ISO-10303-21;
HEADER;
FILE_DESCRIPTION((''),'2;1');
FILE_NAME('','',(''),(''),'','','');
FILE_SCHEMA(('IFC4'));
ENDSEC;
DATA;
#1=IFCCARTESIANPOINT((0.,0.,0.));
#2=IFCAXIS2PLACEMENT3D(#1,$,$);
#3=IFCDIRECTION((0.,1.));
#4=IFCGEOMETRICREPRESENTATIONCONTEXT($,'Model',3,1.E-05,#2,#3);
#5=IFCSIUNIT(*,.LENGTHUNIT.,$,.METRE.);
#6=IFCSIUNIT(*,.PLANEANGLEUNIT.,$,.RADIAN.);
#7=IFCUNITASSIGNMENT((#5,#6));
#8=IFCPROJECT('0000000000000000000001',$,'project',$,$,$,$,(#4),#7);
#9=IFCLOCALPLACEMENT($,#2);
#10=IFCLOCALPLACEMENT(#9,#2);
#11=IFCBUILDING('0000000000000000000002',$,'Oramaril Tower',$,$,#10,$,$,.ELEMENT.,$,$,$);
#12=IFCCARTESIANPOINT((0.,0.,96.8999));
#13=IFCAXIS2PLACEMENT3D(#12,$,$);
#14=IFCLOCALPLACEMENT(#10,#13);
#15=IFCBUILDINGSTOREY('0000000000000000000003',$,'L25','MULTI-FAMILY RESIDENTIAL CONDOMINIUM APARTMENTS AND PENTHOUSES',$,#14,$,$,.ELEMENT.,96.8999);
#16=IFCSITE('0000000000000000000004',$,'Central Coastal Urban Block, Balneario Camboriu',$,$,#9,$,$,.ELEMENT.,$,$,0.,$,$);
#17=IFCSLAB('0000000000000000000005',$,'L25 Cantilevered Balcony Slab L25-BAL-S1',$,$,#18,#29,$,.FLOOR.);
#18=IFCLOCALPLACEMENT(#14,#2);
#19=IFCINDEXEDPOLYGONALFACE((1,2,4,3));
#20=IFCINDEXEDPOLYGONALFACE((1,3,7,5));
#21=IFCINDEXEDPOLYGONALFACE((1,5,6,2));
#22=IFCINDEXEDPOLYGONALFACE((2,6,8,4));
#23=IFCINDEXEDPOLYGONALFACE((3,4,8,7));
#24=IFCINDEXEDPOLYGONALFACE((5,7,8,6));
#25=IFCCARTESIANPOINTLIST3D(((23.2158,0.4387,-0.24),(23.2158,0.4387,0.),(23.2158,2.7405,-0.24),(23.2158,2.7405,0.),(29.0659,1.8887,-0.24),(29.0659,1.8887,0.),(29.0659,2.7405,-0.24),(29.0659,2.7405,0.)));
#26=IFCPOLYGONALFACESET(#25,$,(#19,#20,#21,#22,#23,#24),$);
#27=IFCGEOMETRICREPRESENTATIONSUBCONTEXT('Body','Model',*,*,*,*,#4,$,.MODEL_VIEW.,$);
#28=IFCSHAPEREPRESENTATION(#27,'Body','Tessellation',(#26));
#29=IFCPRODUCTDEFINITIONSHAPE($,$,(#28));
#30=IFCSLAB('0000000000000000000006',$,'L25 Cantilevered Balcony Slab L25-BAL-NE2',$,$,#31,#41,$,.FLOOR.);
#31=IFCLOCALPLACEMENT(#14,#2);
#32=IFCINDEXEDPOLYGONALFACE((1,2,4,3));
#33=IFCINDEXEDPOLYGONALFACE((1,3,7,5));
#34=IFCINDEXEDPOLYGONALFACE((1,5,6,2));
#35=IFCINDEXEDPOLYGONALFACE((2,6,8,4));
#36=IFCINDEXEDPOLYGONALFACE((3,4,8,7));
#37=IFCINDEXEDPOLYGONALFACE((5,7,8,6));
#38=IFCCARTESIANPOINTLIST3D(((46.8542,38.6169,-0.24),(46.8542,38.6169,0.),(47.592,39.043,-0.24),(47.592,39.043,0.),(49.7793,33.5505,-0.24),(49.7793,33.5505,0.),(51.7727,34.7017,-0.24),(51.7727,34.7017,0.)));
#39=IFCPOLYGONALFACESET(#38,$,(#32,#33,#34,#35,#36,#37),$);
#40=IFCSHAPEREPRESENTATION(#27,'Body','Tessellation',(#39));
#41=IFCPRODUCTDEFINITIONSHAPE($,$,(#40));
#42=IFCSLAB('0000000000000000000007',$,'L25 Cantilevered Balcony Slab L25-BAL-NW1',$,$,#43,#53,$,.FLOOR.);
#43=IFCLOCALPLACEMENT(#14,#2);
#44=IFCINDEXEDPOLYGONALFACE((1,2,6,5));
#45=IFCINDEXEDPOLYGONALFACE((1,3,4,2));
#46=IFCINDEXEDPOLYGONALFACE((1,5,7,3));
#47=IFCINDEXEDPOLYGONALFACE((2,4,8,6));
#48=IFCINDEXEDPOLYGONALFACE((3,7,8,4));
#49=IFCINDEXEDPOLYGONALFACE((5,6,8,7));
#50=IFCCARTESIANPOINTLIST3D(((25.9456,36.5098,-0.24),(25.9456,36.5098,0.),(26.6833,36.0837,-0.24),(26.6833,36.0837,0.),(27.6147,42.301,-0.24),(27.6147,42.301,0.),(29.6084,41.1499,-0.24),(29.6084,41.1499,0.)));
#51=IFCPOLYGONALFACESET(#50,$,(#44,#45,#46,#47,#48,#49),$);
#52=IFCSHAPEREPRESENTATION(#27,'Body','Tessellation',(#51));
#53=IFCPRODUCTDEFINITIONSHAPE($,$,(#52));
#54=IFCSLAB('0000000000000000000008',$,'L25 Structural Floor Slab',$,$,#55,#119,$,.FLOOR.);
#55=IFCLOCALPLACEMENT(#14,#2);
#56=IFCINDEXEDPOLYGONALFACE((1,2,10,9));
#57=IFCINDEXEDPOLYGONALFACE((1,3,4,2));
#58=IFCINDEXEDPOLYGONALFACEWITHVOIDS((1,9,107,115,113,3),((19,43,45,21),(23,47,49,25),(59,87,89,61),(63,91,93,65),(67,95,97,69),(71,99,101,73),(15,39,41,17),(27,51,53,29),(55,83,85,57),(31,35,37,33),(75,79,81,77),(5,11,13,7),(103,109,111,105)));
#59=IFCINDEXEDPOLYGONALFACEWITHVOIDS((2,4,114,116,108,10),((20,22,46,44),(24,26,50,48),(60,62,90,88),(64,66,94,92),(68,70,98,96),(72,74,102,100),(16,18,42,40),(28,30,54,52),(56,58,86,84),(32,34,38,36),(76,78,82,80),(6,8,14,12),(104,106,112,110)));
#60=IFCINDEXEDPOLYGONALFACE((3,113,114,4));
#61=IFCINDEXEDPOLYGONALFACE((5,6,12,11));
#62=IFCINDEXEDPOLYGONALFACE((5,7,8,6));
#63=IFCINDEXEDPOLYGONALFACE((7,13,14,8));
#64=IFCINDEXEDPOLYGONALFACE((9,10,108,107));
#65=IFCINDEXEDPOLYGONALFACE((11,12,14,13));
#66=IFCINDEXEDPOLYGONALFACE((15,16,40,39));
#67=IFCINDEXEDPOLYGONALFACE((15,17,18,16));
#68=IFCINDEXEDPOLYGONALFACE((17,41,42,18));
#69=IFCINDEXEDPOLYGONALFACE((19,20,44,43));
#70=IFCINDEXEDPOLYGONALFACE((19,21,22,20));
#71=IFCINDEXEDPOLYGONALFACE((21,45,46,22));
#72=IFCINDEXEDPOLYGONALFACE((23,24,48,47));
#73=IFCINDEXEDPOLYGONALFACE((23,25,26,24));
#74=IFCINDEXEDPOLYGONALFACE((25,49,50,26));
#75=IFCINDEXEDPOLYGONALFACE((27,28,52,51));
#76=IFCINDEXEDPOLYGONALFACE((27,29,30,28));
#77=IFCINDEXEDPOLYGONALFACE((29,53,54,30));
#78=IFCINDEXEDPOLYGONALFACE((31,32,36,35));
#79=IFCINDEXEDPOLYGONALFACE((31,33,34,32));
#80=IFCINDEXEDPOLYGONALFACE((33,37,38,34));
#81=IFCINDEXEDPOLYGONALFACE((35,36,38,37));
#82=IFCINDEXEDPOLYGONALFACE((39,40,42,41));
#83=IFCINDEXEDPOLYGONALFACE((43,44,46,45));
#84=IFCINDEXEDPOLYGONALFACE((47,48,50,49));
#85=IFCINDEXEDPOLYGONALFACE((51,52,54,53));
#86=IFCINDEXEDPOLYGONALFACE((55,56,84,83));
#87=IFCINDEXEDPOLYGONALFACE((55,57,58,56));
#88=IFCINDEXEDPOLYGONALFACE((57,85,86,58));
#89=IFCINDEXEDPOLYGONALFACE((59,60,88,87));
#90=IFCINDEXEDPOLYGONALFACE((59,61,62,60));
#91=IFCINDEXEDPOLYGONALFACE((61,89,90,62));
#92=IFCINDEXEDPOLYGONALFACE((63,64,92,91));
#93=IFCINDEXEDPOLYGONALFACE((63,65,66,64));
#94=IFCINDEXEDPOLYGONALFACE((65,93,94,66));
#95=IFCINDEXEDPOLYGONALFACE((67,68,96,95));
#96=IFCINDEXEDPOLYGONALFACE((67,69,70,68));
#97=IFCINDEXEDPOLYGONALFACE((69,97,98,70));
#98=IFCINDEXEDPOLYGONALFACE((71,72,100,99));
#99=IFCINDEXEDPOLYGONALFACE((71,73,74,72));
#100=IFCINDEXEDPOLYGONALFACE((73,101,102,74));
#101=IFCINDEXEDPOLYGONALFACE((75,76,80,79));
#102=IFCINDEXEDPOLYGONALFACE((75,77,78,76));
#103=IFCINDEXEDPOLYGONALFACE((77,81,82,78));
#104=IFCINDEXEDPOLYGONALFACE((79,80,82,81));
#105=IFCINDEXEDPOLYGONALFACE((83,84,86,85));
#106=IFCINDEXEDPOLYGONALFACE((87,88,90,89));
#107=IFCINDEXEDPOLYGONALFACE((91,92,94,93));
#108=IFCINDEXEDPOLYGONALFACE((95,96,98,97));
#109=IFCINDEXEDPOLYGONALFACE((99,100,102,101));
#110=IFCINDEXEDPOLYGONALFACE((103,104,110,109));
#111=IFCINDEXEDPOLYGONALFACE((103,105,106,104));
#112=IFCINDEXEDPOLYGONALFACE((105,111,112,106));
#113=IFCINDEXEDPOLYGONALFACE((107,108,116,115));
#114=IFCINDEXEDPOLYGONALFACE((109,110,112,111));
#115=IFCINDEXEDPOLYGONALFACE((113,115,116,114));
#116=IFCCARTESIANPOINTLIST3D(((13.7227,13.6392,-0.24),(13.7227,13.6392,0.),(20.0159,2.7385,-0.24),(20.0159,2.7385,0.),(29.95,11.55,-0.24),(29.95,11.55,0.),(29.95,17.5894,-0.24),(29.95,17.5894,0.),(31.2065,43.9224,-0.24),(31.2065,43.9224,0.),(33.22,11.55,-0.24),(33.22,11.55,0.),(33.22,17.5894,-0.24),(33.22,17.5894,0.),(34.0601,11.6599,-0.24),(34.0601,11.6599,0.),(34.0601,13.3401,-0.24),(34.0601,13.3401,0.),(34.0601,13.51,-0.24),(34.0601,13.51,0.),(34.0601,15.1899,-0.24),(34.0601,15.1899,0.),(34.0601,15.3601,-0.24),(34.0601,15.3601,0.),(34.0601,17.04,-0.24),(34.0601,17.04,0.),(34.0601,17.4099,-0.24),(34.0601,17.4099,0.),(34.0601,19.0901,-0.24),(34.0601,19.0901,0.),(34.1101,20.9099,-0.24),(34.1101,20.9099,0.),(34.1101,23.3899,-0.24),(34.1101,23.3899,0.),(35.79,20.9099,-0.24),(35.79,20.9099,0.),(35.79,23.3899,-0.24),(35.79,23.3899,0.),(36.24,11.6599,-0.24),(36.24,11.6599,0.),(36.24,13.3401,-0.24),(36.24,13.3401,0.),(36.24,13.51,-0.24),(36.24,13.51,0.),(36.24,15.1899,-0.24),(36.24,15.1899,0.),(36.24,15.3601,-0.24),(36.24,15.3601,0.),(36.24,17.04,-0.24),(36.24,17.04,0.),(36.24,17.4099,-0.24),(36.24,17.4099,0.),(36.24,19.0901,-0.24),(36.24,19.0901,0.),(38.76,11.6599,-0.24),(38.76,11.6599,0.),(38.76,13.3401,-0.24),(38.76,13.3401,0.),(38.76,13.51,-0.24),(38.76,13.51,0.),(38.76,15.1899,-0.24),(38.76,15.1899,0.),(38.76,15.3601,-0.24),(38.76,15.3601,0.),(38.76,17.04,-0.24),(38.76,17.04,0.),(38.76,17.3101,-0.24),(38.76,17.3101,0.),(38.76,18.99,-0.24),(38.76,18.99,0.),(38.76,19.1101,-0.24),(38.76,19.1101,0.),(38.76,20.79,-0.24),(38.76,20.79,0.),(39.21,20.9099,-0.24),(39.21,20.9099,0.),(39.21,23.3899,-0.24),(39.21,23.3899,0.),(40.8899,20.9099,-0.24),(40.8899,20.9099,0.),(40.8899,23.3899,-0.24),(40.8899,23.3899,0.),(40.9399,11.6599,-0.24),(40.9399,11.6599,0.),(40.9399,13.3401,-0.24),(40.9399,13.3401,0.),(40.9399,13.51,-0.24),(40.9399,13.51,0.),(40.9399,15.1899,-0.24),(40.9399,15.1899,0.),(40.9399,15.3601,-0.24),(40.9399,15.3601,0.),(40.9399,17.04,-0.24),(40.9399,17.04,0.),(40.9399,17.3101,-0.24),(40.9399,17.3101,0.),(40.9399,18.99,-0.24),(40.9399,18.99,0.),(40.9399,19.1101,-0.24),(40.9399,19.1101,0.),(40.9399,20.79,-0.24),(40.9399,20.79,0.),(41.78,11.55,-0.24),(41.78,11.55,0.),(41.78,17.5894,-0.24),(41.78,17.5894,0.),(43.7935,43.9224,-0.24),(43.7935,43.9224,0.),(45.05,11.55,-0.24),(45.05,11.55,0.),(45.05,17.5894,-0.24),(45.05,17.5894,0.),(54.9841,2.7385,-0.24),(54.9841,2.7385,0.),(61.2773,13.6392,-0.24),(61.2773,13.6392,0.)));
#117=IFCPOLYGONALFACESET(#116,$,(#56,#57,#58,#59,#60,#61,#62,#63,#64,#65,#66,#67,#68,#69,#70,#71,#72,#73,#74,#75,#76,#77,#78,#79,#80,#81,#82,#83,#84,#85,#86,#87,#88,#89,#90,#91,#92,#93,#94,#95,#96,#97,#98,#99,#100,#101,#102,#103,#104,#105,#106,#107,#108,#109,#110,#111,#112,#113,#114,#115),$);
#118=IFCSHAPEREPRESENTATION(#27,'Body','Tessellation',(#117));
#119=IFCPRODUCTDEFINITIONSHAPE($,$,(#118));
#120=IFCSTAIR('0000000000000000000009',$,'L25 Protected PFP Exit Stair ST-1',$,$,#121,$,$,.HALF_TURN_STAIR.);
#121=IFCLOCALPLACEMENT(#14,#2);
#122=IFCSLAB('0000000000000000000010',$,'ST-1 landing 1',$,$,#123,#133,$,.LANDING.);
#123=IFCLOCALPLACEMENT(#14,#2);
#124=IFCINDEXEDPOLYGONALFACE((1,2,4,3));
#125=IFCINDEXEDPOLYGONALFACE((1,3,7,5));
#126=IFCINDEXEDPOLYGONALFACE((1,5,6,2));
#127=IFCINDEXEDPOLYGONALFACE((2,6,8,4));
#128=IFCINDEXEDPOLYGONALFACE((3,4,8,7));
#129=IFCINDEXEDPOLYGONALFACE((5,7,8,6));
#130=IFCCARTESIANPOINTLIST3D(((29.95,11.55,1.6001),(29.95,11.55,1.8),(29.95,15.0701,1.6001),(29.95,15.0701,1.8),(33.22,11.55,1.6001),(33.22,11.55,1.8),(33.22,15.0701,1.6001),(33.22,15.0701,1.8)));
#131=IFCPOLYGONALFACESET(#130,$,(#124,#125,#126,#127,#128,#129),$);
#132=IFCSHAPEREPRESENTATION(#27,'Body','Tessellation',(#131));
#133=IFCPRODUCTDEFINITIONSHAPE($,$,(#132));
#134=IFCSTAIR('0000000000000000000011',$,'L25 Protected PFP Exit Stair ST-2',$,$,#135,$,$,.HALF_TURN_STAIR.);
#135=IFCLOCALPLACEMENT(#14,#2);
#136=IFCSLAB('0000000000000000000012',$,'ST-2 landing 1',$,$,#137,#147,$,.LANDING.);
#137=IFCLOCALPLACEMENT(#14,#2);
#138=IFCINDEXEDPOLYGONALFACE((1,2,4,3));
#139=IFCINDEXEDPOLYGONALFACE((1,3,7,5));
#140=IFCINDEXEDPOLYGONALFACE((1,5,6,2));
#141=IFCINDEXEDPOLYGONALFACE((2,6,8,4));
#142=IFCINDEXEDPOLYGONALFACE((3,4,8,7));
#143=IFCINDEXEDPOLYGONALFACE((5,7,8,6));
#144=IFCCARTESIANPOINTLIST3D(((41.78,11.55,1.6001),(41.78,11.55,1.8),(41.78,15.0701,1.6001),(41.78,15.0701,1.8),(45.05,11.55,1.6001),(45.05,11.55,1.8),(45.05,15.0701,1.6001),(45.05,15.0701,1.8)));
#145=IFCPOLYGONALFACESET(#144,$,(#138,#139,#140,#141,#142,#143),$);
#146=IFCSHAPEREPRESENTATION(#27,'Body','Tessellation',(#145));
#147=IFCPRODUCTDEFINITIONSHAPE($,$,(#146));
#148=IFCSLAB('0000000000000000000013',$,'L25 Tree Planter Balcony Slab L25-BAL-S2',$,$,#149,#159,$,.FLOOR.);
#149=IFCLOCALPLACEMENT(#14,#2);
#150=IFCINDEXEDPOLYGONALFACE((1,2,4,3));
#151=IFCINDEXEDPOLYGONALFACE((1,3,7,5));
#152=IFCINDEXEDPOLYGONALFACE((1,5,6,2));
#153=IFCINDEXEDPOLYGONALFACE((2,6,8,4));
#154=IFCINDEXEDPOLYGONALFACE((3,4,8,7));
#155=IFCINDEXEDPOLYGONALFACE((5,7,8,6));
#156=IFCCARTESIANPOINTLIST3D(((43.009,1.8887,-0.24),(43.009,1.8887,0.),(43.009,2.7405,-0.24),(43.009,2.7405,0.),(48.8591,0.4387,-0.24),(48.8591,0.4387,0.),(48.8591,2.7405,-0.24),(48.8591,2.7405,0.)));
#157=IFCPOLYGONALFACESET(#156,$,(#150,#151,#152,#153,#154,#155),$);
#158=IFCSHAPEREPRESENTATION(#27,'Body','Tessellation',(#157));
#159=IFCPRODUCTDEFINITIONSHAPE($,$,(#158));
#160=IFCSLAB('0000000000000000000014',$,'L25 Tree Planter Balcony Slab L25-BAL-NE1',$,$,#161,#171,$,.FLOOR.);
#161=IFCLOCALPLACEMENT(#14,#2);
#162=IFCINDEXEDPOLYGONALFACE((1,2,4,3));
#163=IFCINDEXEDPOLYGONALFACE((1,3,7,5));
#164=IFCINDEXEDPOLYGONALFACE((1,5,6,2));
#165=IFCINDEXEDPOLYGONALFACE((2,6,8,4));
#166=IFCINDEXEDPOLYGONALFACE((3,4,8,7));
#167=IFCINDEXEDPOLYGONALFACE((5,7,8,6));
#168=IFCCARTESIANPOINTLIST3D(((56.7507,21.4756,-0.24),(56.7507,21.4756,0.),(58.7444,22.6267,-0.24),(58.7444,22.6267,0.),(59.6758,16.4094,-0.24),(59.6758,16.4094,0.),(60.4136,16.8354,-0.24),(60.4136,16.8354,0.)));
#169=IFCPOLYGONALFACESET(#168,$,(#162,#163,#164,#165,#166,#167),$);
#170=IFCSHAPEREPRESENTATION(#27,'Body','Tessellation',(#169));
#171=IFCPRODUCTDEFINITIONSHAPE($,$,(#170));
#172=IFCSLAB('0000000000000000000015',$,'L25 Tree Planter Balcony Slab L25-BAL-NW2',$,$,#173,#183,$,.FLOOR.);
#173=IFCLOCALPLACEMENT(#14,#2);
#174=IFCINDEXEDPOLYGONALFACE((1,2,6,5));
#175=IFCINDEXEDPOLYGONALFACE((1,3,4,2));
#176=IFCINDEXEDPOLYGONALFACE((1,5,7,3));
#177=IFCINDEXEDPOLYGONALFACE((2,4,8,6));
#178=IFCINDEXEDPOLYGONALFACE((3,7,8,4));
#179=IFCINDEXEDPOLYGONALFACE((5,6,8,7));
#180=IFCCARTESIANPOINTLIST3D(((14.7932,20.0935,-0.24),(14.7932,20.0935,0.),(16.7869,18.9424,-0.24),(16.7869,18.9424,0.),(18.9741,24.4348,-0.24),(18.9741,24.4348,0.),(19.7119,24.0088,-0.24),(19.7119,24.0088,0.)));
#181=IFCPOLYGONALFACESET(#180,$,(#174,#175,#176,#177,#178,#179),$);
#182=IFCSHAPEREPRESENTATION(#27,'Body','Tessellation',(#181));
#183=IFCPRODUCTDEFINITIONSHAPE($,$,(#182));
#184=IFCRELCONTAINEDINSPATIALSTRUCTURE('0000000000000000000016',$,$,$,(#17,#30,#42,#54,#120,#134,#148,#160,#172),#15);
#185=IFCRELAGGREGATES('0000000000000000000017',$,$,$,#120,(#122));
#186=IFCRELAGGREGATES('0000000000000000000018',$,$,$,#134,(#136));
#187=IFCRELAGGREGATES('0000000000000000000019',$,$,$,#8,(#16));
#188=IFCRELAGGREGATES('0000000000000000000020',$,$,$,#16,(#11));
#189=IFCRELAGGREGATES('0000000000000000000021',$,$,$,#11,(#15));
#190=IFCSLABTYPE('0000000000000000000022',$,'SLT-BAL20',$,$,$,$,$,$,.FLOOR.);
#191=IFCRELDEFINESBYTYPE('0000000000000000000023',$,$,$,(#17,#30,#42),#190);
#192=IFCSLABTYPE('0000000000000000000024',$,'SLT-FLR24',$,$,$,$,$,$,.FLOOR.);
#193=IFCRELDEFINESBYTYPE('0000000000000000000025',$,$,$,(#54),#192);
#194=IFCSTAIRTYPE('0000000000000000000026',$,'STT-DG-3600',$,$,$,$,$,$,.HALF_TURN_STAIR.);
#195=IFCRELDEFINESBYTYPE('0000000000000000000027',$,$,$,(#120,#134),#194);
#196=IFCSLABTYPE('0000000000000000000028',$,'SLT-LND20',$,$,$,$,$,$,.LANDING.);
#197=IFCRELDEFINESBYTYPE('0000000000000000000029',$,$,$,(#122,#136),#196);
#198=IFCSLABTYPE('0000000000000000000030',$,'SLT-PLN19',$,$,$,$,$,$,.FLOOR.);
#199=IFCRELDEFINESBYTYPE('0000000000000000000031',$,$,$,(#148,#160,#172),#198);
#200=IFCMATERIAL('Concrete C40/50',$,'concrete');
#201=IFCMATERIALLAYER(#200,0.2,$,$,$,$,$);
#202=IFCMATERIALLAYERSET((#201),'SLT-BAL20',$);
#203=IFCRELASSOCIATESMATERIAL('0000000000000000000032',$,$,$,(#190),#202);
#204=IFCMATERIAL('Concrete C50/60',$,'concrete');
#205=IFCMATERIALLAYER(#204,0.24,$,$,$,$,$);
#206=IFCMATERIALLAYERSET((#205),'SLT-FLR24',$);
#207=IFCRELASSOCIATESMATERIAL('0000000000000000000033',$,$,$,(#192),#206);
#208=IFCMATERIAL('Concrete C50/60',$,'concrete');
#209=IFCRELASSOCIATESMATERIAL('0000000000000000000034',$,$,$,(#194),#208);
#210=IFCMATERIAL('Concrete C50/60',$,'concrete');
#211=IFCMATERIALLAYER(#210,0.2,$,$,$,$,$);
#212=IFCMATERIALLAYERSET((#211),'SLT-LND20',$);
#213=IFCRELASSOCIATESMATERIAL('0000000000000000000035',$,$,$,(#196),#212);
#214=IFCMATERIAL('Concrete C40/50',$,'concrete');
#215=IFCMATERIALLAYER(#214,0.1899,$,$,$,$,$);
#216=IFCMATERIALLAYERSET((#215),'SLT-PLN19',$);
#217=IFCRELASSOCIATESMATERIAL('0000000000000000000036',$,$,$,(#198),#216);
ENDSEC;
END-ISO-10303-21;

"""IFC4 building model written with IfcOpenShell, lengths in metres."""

from ifc_helpers import new_model, si_unit, direction, frame, origin, place, context, subcontext, project, spatial, polyline, outline, extrude, material, layer, layer_set, type_object, element, aggregate, save


model = new_model("IFC4")

# Units and contexts
model_context = context("Model", 3, precision=1e-05, world=origin(), true_north=direction((0.0, 1.0)))
body_context = subcontext(model_context, "Body", "Model", "MODEL_VIEW")
ifc_project = project(units=[si_unit("LENGTHUNIT", "METRE"), si_unit("PLANEANGLEUNIT", "RADIAN")], contexts=[model_context])

# Site, building, storey
site_placement = place(None, origin())
site = spatial("IfcSite", under=ifc_project, at=site_placement, Name="Central Coastal Urban Block, Balneario Camboriu", CompositionType="ELEMENT", RefElevation=0.0)
building_placement = place(site_placement, origin())
building = spatial("IfcBuilding", under=site, at=building_placement, Name="Oramaril Tower", CompositionType="ELEMENT")
storey_placement = place(building_placement, frame((0.0, 0.0, 96.8999)))
storey = spatial("IfcBuildingStorey", under=building, at=storey_placement, Name="L25", Description="MULTI-FAMILY RESIDENTIAL CONDOMINIUM APARTMENTS AND PENTHOUSES", CompositionType="ELEMENT", Elevation=96.8999)

# Slabs
ifc_material_1 = material(Name="Concrete C40/50", Category="concrete")
ifc_layer_1 = layer(ifc_material_1, 0.2)
ifc_layer_set_1 = layer_set([ifc_layer_1], Name="SLT-BAL20")
slab_type_1 = type_object("IfcSlabType", Name="SLT-BAL20", PredefinedType="FLOOR", material=ifc_layer_set_1)
slab_1_placement = place(storey_placement, frame((0.0, 0.0, -0.24)))
element("IfcSlab", 1, at=slab_1_placement, inside=storey, type_object=slab_type_1, Name="L25 Cantilevered Balcony Slab L25-BAL-S1", PredefinedType="FLOOR", context=body_context, shape_type="SweptSolid", body=[
    extrude(outline(polyline([(23.2158, 2.7405), (29.0659, 2.7405), (29.0659, 1.8887), (23.2158, 0.4387), (23.2158, 2.7405)])), origin(), (0.0, 0.0, 1.0), 0.24),
])
slab_2_placement = place(storey_placement, frame((0.0, 0.0, -0.24)))
element("IfcSlab", 2, at=slab_2_placement, inside=storey, type_object=slab_type_1, Name="L25 Cantilevered Balcony Slab L25-BAL-NE2", PredefinedType="FLOOR", context=body_context, shape_type="SweptSolid", body=[
    extrude(outline(polyline([(49.7793, 33.5505), (46.8542, 38.6169), (47.592, 39.043), (51.7727, 34.7017), (49.7793, 33.5505)])), origin(), (0.0, 0.0, 1.0), 0.24),
])
slab_3_placement = place(storey_placement, frame((0.0, 0.0, -0.24)))
element("IfcSlab", 3, at=slab_3_placement, inside=storey, type_object=slab_type_1, Name="L25 Cantilevered Balcony Slab L25-BAL-NW1", PredefinedType="FLOOR", context=body_context, shape_type="SweptSolid", body=[
    extrude(outline(polyline([(29.6084, 41.1499), (26.6833, 36.0837), (25.9456, 36.5098), (27.6147, 42.301), (29.6084, 41.1499)])), origin(), (0.0, 0.0, 1.0), 0.24),
])
ifc_material_2 = material(Name="Concrete C50/60", Category="concrete")
ifc_layer_2 = layer(ifc_material_2, 0.24)
ifc_layer_set_2 = layer_set([ifc_layer_2], Name="SLT-FLR24")
slab_type_2 = type_object("IfcSlabType", Name="SLT-FLR24", PredefinedType="FLOOR", material=ifc_layer_set_2)
slab_4_placement = place(storey_placement, frame((0.0, 0.0, -0.24)))
element("IfcSlab", 4, at=slab_4_placement, inside=storey, type_object=slab_type_2, Name="L25 Structural Floor Slab", PredefinedType="FLOOR", context=body_context, shape_type="SweptSolid", body=[
    extrude(outline(polyline([(13.7227, 13.6392), (20.0159, 2.7385), (54.9841, 2.7385), (61.2773, 13.6392), (43.7935, 43.9224), (31.2065, 43.9224), (13.7227, 13.6392)]), holes=[polyline([(29.95, 17.5894), (29.95, 11.55), (33.22, 11.55), (33.22, 17.5894), (29.95, 17.5894)]), polyline([(41.78, 17.5894), (41.78, 11.55), (45.05, 11.55), (45.05, 17.5894), (41.78, 17.5894)]), polyline([(34.1101, 20.9099), (35.79, 20.9099), (35.79, 23.3899), (34.1101, 23.3899), (34.1101, 20.9099)]), polyline([(39.21, 20.9099), (40.8899, 20.9099), (40.8899, 23.3899), (39.21, 23.3899), (39.21, 20.9099)]), polyline([(34.0601, 11.6599), (36.24, 11.6599), (36.24, 13.3401), (34.0601, 13.3401), (34.0601, 11.6599)]), polyline([(34.0601, 13.51), (36.24, 13.51), (36.24, 15.1899), (34.0601, 15.1899), (34.0601, 13.51)]), polyline([(34.0601, 15.3601), (36.24, 15.3601), (36.24, 17.04), (34.0601, 17.04), (34.0601, 15.3601)]), polyline([(38.76, 11.6599), (40.9399, 11.6599), (40.9399, 13.3401), (38.76, 13.3401), (38.76, 11.6599)]), polyline([(38.76, 13.51), (40.9399, 13.51), (40.9399, 15.1899), (38.76, 15.1899), (38.76, 13.51)]), polyline([(38.76, 15.3601), (40.9399, 15.3601), (40.9399, 17.04), (38.76, 17.04), (38.76, 15.3601)]), polyline([(34.0601, 17.4099), (36.24, 17.4099), (36.24, 19.0901), (34.0601, 19.0901), (34.0601, 17.4099)]), polyline([(38.76, 17.3101), (40.9399, 17.3101), (40.9399, 18.99), (38.76, 18.99), (38.76, 17.3101)]), polyline([(38.76, 19.1101), (40.9399, 19.1101), (40.9399, 20.79), (38.76, 20.79), (38.76, 19.1101)])]), origin(), (0.0, 0.0, 1.0), 0.24),
])

# Stairs, slabs
ifc_material_3 = material(Name="Concrete C50/60", Category="concrete")
stair_type = type_object("IfcStairType", Name="STT-DG-3600", PredefinedType="HALF_TURN_STAIR", material=ifc_material_3)
stair_1_placement = place(storey_placement, origin())
stair_1 = element("IfcStair", 5, at=stair_1_placement, inside=storey, type_object=stair_type, Name="L25 Protected PFP Exit Stair ST-1", PredefinedType="HALF_TURN_STAIR")
ifc_material_4 = material(Name="Concrete C50/60", Category="concrete")
ifc_layer_3 = layer(ifc_material_4, 0.2)
ifc_layer_set_3 = layer_set([ifc_layer_3], Name="SLT-LND20")
slab_type_3 = type_object("IfcSlabType", Name="SLT-LND20", PredefinedType="LANDING", material=ifc_layer_set_3)
slab_5_placement = place(storey_placement, frame((0.0, 0.0, 1.6001)))
slab_5 = element("IfcSlab", 6, at=slab_5_placement, type_object=slab_type_3, Name="ST-1 landing 1", PredefinedType="LANDING", context=body_context, shape_type="SweptSolid", body=[
    extrude(outline(polyline([(29.95, 15.0701), (29.95, 11.55), (33.22, 11.55), (33.22, 15.0701), (29.95, 15.0701)])), origin(), (0.0, 0.0, 1.0), 0.2),
])
aggregate(stair_1, [slab_5])
stair_2_placement = place(storey_placement, origin())
stair_2 = element("IfcStair", 7, at=stair_2_placement, inside=storey, type_object=stair_type, Name="L25 Protected PFP Exit Stair ST-2", PredefinedType="HALF_TURN_STAIR")
slab_6_placement = place(storey_placement, frame((0.0, 0.0, 1.6001)))
slab_6 = element("IfcSlab", 8, at=slab_6_placement, type_object=slab_type_3, Name="ST-2 landing 1", PredefinedType="LANDING", context=body_context, shape_type="SweptSolid", body=[
    extrude(outline(polyline([(41.78, 15.0701), (41.78, 11.55), (45.05, 11.55), (45.05, 15.0701), (41.78, 15.0701)])), origin(), (0.0, 0.0, 1.0), 0.2),
])
aggregate(stair_2, [slab_6])

# Slabs
ifc_material_5 = material(Name="Concrete C40/50", Category="concrete")
ifc_layer_4 = layer(ifc_material_5, 0.1899)
ifc_layer_set_4 = layer_set([ifc_layer_4], Name="SLT-PLN19")
slab_type_4 = type_object("IfcSlabType", Name="SLT-PLN19", PredefinedType="FLOOR", material=ifc_layer_set_4)
slab_7_placement = place(storey_placement, frame((0.0, 0.0, -0.24)))
element("IfcSlab", 9, at=slab_7_placement, inside=storey, type_object=slab_type_4, Name="L25 Tree Planter Balcony Slab L25-BAL-S2", PredefinedType="FLOOR", context=body_context, shape_type="SweptSolid", body=[
    extrude(outline(polyline([(43.009, 2.7405), (48.8591, 2.7405), (48.8591, 0.4387), (43.009, 1.8887), (43.009, 2.7405)])), origin(), (0.0, 0.0, 1.0), 0.24),
])
slab_8_placement = place(storey_placement, frame((0.0, 0.0, -0.24)))
element("IfcSlab", 10, at=slab_8_placement, inside=storey, type_object=slab_type_4, Name="L25 Tree Planter Balcony Slab L25-BAL-NE1", PredefinedType="FLOOR", context=body_context, shape_type="SweptSolid", body=[
    extrude(outline(polyline([(59.6758, 16.4094), (56.7507, 21.4756), (58.7444, 22.6267), (60.4136, 16.8354), (59.6758, 16.4094)])), origin(), (0.0, 0.0, 1.0), 0.24),
])
slab_9_placement = place(storey_placement, frame((0.0, 0.0, -0.24)))
element("IfcSlab", 11, at=slab_9_placement, inside=storey, type_object=slab_type_4, Name="L25 Tree Planter Balcony Slab L25-BAL-NW2", PredefinedType="FLOOR", context=body_context, shape_type="SweptSolid", body=[
    extrude(outline(polyline([(19.7119, 24.0088), (16.7869, 18.9424), (14.7932, 20.0935), (18.9741, 24.4348), (19.7119, 24.0088)])), origin(), (0.0, 0.0, 1.0), 0.24),
])

save(model, "model.ifc")
